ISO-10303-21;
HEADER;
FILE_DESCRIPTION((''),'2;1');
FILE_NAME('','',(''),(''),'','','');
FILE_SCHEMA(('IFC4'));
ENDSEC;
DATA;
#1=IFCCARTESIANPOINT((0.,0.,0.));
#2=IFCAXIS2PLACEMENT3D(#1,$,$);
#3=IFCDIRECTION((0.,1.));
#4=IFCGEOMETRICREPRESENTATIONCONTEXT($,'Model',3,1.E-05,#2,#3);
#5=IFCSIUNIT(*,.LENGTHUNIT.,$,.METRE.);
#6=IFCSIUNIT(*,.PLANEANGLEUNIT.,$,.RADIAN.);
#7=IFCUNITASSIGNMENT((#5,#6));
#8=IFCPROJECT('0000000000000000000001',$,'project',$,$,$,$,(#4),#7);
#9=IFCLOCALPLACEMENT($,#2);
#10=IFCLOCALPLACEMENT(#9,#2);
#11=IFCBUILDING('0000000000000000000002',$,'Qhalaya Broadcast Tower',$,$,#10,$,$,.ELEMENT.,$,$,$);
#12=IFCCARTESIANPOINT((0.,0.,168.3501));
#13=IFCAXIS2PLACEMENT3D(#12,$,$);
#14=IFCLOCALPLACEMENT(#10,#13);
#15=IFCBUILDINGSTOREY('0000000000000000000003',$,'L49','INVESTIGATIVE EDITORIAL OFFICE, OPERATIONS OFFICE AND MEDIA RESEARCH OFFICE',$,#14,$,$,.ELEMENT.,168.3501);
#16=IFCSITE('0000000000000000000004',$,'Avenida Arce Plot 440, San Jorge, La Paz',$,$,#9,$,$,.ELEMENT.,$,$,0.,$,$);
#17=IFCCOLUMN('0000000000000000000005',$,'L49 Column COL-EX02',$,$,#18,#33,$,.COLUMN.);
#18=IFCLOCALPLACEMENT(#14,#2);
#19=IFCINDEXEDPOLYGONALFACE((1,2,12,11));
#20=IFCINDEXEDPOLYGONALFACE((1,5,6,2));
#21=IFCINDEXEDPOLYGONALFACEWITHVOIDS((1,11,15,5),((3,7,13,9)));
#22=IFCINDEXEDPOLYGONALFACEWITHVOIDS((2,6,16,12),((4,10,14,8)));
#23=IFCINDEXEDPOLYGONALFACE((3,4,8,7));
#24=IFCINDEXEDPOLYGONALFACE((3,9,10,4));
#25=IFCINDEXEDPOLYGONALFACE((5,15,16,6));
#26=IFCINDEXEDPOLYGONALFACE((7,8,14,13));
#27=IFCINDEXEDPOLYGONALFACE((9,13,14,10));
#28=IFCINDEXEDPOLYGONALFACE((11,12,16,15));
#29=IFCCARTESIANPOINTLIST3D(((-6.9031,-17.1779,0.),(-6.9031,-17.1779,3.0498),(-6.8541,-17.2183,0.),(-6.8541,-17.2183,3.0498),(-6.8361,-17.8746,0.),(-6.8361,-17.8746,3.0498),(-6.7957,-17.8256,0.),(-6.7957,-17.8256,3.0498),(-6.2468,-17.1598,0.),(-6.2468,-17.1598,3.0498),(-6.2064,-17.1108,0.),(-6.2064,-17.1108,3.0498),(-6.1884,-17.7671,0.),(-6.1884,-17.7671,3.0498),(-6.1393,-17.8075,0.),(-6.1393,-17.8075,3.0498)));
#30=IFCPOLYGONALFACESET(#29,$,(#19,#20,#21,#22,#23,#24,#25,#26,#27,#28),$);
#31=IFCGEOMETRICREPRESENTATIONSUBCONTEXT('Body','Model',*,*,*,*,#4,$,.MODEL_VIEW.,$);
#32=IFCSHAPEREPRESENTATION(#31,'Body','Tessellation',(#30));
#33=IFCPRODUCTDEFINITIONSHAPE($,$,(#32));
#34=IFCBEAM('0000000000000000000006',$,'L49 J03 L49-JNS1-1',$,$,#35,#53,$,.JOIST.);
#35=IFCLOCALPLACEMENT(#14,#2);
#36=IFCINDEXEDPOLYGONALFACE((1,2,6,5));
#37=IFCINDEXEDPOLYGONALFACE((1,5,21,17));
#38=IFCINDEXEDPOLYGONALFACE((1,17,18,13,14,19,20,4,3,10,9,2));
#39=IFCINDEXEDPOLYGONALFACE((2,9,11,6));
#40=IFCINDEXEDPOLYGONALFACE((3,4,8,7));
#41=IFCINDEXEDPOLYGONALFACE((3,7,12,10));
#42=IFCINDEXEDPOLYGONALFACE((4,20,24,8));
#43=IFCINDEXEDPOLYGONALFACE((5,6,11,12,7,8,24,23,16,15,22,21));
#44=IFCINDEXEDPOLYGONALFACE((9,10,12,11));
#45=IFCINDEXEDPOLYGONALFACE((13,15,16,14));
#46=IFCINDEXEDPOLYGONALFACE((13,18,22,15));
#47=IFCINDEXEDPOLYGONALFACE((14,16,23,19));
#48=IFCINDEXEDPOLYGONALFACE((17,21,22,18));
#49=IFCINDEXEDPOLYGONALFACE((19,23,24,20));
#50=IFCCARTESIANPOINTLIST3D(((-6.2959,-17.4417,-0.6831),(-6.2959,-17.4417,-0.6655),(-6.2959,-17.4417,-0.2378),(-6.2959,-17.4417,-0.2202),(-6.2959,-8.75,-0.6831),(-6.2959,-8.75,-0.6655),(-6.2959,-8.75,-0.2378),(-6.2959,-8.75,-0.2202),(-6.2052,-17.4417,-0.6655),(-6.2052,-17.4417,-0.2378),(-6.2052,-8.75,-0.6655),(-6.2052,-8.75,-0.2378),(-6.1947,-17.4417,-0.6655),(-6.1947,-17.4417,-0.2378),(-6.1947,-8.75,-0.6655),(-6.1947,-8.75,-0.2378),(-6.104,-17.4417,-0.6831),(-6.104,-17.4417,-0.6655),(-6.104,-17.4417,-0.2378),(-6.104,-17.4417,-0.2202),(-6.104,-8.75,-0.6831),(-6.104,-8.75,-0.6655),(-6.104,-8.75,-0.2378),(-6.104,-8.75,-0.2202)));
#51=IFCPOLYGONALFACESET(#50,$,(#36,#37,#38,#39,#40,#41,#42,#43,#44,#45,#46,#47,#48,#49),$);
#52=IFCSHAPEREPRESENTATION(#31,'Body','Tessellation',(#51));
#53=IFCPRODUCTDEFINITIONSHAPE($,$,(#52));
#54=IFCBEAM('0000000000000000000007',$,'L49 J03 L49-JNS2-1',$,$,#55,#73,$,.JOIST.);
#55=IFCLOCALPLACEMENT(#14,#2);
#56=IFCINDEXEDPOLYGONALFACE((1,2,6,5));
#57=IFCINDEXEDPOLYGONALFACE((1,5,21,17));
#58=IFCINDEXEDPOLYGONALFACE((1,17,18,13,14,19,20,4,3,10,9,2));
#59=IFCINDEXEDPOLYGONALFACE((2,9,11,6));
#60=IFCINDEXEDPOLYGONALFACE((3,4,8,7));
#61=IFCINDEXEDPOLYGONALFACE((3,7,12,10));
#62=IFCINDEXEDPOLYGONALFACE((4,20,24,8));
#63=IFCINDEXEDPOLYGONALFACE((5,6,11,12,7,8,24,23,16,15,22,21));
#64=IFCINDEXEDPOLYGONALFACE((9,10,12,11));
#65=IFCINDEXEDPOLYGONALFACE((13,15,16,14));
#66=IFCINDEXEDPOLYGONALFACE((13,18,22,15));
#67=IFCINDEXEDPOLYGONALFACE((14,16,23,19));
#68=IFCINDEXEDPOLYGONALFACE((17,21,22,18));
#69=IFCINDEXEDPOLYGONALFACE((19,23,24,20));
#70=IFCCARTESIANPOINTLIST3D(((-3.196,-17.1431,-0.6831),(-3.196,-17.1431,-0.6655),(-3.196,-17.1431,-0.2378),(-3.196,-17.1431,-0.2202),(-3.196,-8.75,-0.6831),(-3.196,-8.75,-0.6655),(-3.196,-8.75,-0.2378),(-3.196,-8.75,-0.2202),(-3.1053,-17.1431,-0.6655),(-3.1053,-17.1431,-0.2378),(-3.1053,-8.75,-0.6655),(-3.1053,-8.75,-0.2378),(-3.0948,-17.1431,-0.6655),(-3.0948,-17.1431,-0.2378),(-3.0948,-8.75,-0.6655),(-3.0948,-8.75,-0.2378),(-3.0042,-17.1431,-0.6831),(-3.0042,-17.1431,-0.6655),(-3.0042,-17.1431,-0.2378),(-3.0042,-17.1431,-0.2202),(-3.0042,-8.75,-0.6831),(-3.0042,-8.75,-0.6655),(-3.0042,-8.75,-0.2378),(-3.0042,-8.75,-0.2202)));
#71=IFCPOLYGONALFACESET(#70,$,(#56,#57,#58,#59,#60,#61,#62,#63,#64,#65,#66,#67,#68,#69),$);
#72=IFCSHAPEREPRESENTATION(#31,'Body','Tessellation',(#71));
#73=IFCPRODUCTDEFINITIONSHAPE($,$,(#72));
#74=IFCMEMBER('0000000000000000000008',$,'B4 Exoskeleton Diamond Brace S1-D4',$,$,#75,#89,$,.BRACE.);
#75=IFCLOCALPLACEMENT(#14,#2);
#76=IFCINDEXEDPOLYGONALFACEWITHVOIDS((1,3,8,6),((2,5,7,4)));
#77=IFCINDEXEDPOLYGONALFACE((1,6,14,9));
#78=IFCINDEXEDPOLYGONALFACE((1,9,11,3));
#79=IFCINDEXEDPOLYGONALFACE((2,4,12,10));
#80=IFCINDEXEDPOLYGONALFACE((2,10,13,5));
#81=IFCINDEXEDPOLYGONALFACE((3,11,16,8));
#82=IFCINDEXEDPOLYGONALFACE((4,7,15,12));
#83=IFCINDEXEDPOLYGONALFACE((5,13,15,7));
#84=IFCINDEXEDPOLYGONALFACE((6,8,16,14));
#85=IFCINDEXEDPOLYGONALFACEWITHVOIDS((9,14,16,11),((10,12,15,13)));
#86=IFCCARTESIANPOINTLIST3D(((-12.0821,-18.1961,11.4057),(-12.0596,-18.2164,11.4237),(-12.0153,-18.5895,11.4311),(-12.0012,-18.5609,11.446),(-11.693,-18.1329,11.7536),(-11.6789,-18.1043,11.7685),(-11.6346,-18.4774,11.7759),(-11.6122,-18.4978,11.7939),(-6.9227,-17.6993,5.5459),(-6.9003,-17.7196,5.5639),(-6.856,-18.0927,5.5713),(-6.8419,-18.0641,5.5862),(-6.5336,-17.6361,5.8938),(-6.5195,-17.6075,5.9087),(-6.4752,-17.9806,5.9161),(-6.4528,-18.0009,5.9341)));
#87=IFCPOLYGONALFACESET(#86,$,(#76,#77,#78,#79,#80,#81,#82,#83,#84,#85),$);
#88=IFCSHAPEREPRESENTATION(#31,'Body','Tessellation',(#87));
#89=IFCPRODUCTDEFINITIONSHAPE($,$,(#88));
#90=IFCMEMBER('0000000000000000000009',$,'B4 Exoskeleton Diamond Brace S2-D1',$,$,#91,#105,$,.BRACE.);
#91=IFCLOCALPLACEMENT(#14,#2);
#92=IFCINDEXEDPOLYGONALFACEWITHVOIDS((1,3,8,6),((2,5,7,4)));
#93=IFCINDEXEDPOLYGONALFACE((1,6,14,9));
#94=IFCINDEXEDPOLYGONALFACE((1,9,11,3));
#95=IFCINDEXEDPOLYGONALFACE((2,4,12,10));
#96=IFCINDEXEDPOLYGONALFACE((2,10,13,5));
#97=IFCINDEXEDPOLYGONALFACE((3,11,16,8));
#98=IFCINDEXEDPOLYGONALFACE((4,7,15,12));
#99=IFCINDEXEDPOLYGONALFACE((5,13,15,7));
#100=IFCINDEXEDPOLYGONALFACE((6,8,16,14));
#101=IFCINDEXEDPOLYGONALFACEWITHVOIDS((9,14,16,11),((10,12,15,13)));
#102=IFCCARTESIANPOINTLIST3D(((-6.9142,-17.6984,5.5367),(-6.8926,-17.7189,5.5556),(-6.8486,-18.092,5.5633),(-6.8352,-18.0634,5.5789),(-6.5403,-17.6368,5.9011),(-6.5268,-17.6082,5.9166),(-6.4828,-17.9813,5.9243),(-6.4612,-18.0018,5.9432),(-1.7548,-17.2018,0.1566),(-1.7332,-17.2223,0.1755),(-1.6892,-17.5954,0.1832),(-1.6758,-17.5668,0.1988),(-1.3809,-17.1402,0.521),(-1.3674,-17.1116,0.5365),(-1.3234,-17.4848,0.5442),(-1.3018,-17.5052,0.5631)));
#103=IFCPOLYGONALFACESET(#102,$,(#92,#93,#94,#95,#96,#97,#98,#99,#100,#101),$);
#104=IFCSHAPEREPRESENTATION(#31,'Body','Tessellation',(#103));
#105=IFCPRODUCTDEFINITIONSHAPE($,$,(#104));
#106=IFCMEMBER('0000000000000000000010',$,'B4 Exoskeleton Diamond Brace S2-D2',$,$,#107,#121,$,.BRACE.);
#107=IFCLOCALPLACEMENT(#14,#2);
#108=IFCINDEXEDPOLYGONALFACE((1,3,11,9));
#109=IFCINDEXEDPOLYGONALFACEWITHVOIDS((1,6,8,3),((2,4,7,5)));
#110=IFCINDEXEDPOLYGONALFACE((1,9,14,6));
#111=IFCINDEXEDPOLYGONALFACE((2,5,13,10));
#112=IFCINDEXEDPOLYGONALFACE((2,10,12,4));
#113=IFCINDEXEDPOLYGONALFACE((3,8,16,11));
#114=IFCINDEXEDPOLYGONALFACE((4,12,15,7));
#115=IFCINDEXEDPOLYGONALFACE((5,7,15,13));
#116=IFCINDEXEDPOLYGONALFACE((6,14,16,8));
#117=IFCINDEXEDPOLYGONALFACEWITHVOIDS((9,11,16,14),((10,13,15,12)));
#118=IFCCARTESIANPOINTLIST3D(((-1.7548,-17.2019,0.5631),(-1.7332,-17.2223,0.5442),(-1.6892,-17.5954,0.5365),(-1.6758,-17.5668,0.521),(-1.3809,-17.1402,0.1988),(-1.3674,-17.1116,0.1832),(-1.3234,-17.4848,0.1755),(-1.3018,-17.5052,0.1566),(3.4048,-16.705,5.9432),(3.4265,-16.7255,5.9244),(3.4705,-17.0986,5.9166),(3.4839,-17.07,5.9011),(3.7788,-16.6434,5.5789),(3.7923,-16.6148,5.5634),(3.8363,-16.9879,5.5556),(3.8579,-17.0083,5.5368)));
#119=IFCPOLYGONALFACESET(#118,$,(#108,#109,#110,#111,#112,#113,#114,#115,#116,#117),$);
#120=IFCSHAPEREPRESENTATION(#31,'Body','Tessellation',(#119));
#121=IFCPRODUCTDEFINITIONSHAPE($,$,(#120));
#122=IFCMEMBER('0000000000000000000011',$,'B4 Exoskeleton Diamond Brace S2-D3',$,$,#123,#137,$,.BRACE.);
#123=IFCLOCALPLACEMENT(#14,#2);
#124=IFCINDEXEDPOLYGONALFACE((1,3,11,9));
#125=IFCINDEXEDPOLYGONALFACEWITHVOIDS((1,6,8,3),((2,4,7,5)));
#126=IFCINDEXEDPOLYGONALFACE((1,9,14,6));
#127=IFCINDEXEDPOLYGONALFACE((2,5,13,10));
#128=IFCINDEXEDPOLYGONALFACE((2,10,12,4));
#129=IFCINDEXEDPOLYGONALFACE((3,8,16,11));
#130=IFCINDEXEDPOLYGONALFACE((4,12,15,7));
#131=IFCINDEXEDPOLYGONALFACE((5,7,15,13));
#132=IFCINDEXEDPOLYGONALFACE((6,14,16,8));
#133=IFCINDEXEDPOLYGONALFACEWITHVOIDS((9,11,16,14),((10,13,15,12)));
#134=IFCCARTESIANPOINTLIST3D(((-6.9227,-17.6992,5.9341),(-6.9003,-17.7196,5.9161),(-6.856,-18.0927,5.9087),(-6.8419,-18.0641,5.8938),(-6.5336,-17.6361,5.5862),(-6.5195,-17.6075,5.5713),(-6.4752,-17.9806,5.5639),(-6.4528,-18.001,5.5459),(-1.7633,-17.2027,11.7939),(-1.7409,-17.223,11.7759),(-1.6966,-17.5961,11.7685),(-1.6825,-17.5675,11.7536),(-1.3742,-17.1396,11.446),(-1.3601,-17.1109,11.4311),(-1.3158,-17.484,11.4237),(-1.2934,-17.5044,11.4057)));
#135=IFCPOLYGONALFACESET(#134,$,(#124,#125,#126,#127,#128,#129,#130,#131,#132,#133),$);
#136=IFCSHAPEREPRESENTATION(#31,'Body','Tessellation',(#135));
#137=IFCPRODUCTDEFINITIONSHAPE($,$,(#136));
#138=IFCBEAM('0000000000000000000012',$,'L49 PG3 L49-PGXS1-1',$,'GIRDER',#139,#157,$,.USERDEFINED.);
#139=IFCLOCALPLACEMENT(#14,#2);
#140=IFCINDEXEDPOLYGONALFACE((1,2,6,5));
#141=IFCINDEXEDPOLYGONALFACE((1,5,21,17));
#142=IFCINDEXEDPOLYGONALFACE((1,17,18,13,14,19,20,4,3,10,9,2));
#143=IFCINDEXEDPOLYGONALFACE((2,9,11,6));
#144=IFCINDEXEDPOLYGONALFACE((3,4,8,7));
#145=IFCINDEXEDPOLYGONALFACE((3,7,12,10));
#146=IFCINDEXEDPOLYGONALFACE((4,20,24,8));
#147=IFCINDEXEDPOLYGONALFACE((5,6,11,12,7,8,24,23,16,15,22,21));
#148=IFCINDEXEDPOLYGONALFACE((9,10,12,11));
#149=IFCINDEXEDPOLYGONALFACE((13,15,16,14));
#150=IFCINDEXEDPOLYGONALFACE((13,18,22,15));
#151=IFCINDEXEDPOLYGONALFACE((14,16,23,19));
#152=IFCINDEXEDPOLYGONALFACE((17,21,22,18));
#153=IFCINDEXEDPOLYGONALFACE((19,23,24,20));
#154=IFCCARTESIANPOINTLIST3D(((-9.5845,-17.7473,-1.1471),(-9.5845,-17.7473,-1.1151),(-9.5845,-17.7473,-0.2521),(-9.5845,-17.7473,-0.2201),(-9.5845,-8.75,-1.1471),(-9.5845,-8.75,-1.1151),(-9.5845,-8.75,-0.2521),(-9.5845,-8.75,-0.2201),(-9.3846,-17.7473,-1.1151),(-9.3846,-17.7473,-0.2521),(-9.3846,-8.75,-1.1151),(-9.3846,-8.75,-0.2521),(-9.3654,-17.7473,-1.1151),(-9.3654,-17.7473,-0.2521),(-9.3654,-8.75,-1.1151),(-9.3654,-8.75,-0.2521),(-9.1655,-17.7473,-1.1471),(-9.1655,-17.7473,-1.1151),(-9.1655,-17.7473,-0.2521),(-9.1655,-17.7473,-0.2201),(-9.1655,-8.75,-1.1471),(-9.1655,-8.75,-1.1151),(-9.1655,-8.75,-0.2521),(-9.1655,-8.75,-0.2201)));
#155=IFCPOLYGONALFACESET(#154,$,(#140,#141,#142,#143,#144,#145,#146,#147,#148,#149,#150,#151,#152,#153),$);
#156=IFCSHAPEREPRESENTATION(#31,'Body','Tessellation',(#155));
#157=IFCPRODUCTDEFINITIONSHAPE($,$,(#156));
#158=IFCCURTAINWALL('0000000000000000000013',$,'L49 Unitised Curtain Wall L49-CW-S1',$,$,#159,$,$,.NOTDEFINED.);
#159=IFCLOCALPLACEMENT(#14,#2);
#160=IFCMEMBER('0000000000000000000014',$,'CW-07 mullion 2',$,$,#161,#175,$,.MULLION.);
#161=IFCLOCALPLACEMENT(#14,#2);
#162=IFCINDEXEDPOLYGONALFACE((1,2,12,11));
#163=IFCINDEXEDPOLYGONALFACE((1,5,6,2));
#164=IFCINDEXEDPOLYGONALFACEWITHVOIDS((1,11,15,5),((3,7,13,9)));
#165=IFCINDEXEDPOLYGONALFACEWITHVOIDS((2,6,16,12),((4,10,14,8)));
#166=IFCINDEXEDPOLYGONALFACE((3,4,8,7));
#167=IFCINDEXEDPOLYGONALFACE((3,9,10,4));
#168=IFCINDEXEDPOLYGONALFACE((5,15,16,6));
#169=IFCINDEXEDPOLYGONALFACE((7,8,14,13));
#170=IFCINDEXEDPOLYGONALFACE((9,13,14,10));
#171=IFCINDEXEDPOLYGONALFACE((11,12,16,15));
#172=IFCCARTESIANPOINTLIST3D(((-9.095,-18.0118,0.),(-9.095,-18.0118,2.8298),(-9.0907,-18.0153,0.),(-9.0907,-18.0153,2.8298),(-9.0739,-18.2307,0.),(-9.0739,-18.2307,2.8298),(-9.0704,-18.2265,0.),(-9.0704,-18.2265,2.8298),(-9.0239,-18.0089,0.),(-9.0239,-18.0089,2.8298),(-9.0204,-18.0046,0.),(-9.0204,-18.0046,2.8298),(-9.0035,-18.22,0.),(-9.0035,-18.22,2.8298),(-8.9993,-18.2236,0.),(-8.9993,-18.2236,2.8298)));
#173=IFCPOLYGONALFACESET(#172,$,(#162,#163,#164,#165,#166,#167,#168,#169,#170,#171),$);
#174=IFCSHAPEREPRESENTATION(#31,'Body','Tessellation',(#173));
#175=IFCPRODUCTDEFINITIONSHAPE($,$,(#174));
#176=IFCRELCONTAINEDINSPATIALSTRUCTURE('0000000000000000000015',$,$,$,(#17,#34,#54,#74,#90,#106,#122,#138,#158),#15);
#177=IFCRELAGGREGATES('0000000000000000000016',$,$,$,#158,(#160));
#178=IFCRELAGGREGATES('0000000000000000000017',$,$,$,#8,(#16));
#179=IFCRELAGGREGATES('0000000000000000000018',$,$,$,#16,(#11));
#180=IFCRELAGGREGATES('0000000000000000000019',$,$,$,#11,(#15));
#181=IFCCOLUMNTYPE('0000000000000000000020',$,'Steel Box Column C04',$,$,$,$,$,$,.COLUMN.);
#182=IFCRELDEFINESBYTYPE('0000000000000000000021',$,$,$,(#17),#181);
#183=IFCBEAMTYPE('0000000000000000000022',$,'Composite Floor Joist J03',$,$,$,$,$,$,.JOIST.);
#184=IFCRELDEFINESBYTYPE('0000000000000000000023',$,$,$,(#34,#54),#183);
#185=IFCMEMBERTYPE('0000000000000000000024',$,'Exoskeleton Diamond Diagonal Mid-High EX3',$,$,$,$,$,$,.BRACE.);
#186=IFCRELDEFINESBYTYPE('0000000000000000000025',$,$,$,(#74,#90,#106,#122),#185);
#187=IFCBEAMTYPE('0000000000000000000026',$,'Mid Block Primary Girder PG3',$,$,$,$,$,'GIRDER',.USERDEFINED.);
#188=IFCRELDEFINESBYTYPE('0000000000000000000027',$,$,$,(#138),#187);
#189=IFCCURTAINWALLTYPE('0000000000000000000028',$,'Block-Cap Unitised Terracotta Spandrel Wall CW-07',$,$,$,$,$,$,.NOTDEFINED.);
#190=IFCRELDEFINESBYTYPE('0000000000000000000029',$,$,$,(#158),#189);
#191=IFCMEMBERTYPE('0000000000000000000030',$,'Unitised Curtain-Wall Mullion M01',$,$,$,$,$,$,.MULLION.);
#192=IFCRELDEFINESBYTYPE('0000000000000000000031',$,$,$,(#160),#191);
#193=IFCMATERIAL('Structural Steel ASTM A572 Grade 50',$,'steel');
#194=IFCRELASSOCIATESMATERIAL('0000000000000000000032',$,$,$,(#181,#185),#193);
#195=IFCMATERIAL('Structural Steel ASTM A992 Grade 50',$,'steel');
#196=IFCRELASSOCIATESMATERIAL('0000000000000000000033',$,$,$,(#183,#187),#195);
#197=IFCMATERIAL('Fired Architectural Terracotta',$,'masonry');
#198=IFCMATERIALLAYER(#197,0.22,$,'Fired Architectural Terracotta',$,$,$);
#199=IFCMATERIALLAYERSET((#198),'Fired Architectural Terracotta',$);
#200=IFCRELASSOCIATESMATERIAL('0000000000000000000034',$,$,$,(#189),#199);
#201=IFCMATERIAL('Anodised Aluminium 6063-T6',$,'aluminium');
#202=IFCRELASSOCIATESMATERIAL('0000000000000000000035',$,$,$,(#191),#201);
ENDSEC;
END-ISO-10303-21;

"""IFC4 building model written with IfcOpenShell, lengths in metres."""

from ifc_helpers import new_model, si_unit, direction, frame, origin, origin_2d, place, context, subcontext, project, spatial, hollow_rectangle, i_section, extrude, material, layer, layer_set, material_profile, profile_set, type_object, element, aggregate, save


model = new_model("IFC4")

# Units and contexts
model_context = context("Model", 3, precision=1e-05, world=origin(), true_north=direction((0.0, 1.0)))
body_context = subcontext(model_context, "Body", "Model", "MODEL_VIEW")
ifc_project = project(units=[si_unit("LENGTHUNIT", "METRE"), si_unit("PLANEANGLEUNIT", "RADIAN")], contexts=[model_context])

# Site, building, storey
site_placement = place(None, origin())
site = spatial("IfcSite", under=ifc_project, at=site_placement, Name="Avenida Arce Plot 440, San Jorge, La Paz", CompositionType="ELEMENT", RefElevation=0.0)
building_placement = place(site_placement, origin())
building = spatial("IfcBuilding", under=site, at=building_placement, Name="Qhalaya Broadcast Tower", CompositionType="ELEMENT")
storey_placement = place(building_placement, frame((0.0, 0.0, 168.3501)))
storey = spatial("IfcBuildingStorey", under=building, at=storey_placement, Name="L49", Description="INVESTIGATIVE EDITORIAL OFFICE, OPERATIONS OFFICE AND MEDIA RESEARCH OFFICE", CompositionType="ELEMENT", Elevation=168.3501)

# Column
ifc_material_1 = material(Name="Structural Steel ASTM A572 Grade 50", Category="steel")
ifc_material_profile_1 = material_profile(ifc_material_1, hollow_rectangle(XDim=0.7, YDim=0.7, WallThickness=0.0449, at=origin_2d()), Name="BOX 700x700x45")
ifc_profile_set_1 = profile_set([ifc_material_profile_1], Name="Structural Steel ASTM A572 Grade 50")
column_type = type_object("IfcColumnType", Name="Steel Box Column C04", PredefinedType="COLUMN", material=ifc_profile_set_1)
column_placement = place(storey_placement, frame((-6.5212, -17.4927, 0.0), z_axis=(0.0, 0.0, 1.0), x_axis=(0.995396, 0.095846, 0.0)))
element("IfcColumn", 1, at=column_placement, inside=storey, type_object=column_type, Name="L49 Column COL-EX02", PredefinedType="COLUMN", context=body_context, shape_type="SweptSolid", body=[
    extrude(hollow_rectangle(XDim=0.7, YDim=0.7, WallThickness=0.0449, at=origin_2d()), origin(), (0.0, 0.0, 1.0), 3.0498),
])

# Beams
ifc_material_2 = material(Name="Structural Steel ASTM A992 Grade 50", Category="steel")
ifc_material_profile_2 = material_profile(ifc_material_2, i_section(OverallWidth=0.1919, OverallDepth=0.4629, WebThickness=0.0105, FlangeThickness=0.0176, at=origin_2d()), Name="W18X60")
ifc_profile_set_2 = profile_set([ifc_material_profile_2], Name="Structural Steel ASTM A992 Grade 50")
beam_type_1 = type_object("IfcBeamType", Name="Composite Floor Joist J03", PredefinedType="JOIST", material=ifc_profile_set_2)
beam_1_placement = place(storey_placement, frame((-6.2, -17.4417, -0.4517), z_axis=(0.0, 1.0, 0.0), x_axis=(-1.0, 0.0, 0.0)))
element("IfcBeam", 2, at=beam_1_placement, inside=storey, type_object=beam_type_1, Name="L49 J03 L49-JNS1-1", PredefinedType="JOIST", context=body_context, shape_type="SweptSolid", body=[
    extrude(i_section(OverallWidth=0.1919, OverallDepth=0.4629, WebThickness=0.0105, FlangeThickness=0.0176, at=origin_2d()), origin(), (0.0, 0.0, 1.0), 8.6917),
])
beam_2_placement = place(storey_placement, frame((-3.1001, -17.1431, -0.4517), z_axis=(0.0, 1.0, 0.0), x_axis=(-1.0, 0.0, 0.0)))
element("IfcBeam", 3, at=beam_2_placement, inside=storey, type_object=beam_type_1, Name="L49 J03 L49-JNS2-1", PredefinedType="JOIST", context=body_context, shape_type="SweptSolid", body=[
    extrude(i_section(OverallWidth=0.1919, OverallDepth=0.4629, WebThickness=0.0105, FlangeThickness=0.0176, at=origin_2d()), origin(), (0.0, 0.0, 1.0), 8.3931),
])

# Members
ifc_material_profile_3 = material_profile(ifc_material_1, hollow_rectangle(XDim=0.3999, YDim=0.55, WallThickness=0.0249, at=origin_2d()), Name="BOX 400x550x25")
ifc_profile_set_3 = profile_set([ifc_material_profile_3], Name="Structural Steel ASTM A572 Grade 50")
member_type_1 = type_object("IfcMemberType", Name="Exoskeleton Diamond Diagonal Mid-High EX3", PredefinedType="BRACE", material=ifc_profile_set_3)
member_1_placement = place(storey_placement, frame((-6.6877, -17.8501, 5.74), z_axis=(-0.659492, -0.063506, 0.749024), x_axis=(0.16687, -0.983932, 0.063502)))
element("IfcMember", 4, at=member_1_placement, inside=storey, type_object=member_type_1, Name="B4 Exoskeleton Diamond Brace S1-D4", PredefinedType="BRACE", context=body_context, shape_type="SweptSolid", body=[
    extrude(hollow_rectangle(XDim=0.3999, YDim=0.55, WallThickness=0.0249, at=origin_2d()), origin(), (0.0, 0.0, 1.0), 7.8232),
])
member_2_placement = place(storey_placement, frame((-1.5283, -17.3535, 0.3599), z_axis=(-0.690617, -0.06647, 0.720159), x_axis=(0.164071, -0.984205, 0.066499)))
element("IfcMember", 5, at=member_2_placement, inside=storey, type_object=member_type_1, Name="B4 Exoskeleton Diamond Brace S2-D1", PredefinedType="BRACE", context=body_context, shape_type="SweptSolid", body=[
    extrude(hollow_rectangle(XDim=0.3999, YDim=0.55, WallThickness=0.0249, at=origin_2d()), origin(), (0.0, 0.0, 1.0), 7.4707),
])
member_3_placement = place(storey_placement, frame((-1.5283, -17.3535, 0.3599), z_axis=(0.690633, 0.066501, 0.720142), x_axis=(-0.164111, 0.984198, 0.0665)))
element("IfcMember", 6, at=member_3_placement, inside=storey, type_object=member_type_1, Name="B4 Exoskeleton Diamond Brace S2-D2", PredefinedType="BRACE", context=body_context, shape_type="SweptSolid", body=[
    extrude(hollow_rectangle(XDim=0.3999, YDim=0.55, WallThickness=0.0249, at=origin_2d()), origin(), (0.0, 0.0, 1.0), 7.4709),
])
member_4_placement = place(storey_placement, frame((-6.6877, -17.8501, 5.74), z_axis=(0.659493, 0.063475, 0.749026), x_axis=(-0.166824, 0.98394, 0.063502)))
element("IfcMember", 7, at=member_4_placement, inside=storey, type_object=member_type_1, Name="B4 Exoskeleton Diamond Brace S2-D3", PredefinedType="BRACE", context=body_context, shape_type="SweptSolid", body=[
    extrude(hollow_rectangle(XDim=0.3999, YDim=0.55, WallThickness=0.0249, at=origin_2d()), origin(), (0.0, 0.0, 1.0), 7.8232),
])

# Beam
ifc_material_profile_4 = material_profile(ifc_material_2, i_section(OverallWidth=0.4189, OverallDepth=0.927, WebThickness=0.0193, FlangeThickness=0.032, at=origin_2d()), Name="W36X231")
ifc_profile_set_4 = profile_set([ifc_material_profile_4], Name="Structural Steel ASTM A992 Grade 50")
beam_type_2 = type_object("IfcBeamType", Name="Mid Block Primary Girder PG3", ElementType="GIRDER", PredefinedType="USERDEFINED", material=ifc_profile_set_4)
beam_3_placement = place(storey_placement, frame((-9.375, -17.7473, -0.6836), z_axis=(0.0, 1.0, 0.0), x_axis=(-1.0, 0.0, 0.0)))
element("IfcBeam", 8, at=beam_3_placement, inside=storey, type_object=beam_type_2, Name="L49 PG3 L49-PGXS1-1", ObjectType="GIRDER", PredefinedType="USERDEFINED", context=body_context, shape_type="SweptSolid", body=[
    extrude(i_section(OverallWidth=0.4189, OverallDepth=0.927, WebThickness=0.0193, FlangeThickness=0.032, at=origin_2d()), origin(), (0.0, 0.0, 1.0), 8.9973),
])

# Curtain wall, member
ifc_material_3 = material(Name="Fired Architectural Terracotta", Category="masonry")
ifc_layer_1 = layer(ifc_material_3, 0.22, Name="Fired Architectural Terracotta")
ifc_layer_set_1 = layer_set([ifc_layer_1], Name="Fired Architectural Terracotta")
curtain_wall_type_1 = type_object("IfcCurtainWallType", Name="Block-Cap Unitised Terracotta Spandrel Wall CW-07", PredefinedType="NOTDEFINED", material=ifc_layer_set_1)
curtain_wall_1_placement = place(storey_placement, origin())
curtain_wall_1 = element("IfcCurtainWall", 9, at=curtain_wall_1_placement, inside=storey, type_object=curtain_wall_type_1, Name="L49 Unitised Curtain Wall L49-CW-S1", PredefinedType="NOTDEFINED")
ifc_material_4 = material(Name="Anodised Aluminium 6063-T6", Category="aluminium")
ifc_material_profile_5 = material_profile(ifc_material_4, hollow_rectangle(XDim=0.075, YDim=0.22, WallThickness=0.0039, at=origin_2d()), Name="ALU-MUL 75x220x4")
ifc_profile_set_5 = profile_set([ifc_material_profile_5], Name="Anodised Aluminium 6063-T6")
member_type_2 = type_object("IfcMemberType", Name="Unitised Curtain-Wall Mullion M01", PredefinedType="MULLION", material=ifc_profile_set_5)
member_5_placement = place(storey_placement, frame((-9.0471, -18.1177, 0.0), z_axis=(0.0, 0.0, 1.0), x_axis=(0.995397, 0.095841, 0.0)))
member_5 = element("IfcMember", 10, at=member_5_placement, type_object=member_type_2, Name="CW-07 mullion 2", PredefinedType="MULLION", context=body_context, shape_type="SweptSolid", body=[
    extrude(hollow_rectangle(XDim=0.075, YDim=0.22, WallThickness=0.0039, at=origin_2d()), origin(), (0.0, 0.0, 1.0), 2.8298),
])
aggregate(curtain_wall_1, [member_5])

save(model, "model.ifc")
